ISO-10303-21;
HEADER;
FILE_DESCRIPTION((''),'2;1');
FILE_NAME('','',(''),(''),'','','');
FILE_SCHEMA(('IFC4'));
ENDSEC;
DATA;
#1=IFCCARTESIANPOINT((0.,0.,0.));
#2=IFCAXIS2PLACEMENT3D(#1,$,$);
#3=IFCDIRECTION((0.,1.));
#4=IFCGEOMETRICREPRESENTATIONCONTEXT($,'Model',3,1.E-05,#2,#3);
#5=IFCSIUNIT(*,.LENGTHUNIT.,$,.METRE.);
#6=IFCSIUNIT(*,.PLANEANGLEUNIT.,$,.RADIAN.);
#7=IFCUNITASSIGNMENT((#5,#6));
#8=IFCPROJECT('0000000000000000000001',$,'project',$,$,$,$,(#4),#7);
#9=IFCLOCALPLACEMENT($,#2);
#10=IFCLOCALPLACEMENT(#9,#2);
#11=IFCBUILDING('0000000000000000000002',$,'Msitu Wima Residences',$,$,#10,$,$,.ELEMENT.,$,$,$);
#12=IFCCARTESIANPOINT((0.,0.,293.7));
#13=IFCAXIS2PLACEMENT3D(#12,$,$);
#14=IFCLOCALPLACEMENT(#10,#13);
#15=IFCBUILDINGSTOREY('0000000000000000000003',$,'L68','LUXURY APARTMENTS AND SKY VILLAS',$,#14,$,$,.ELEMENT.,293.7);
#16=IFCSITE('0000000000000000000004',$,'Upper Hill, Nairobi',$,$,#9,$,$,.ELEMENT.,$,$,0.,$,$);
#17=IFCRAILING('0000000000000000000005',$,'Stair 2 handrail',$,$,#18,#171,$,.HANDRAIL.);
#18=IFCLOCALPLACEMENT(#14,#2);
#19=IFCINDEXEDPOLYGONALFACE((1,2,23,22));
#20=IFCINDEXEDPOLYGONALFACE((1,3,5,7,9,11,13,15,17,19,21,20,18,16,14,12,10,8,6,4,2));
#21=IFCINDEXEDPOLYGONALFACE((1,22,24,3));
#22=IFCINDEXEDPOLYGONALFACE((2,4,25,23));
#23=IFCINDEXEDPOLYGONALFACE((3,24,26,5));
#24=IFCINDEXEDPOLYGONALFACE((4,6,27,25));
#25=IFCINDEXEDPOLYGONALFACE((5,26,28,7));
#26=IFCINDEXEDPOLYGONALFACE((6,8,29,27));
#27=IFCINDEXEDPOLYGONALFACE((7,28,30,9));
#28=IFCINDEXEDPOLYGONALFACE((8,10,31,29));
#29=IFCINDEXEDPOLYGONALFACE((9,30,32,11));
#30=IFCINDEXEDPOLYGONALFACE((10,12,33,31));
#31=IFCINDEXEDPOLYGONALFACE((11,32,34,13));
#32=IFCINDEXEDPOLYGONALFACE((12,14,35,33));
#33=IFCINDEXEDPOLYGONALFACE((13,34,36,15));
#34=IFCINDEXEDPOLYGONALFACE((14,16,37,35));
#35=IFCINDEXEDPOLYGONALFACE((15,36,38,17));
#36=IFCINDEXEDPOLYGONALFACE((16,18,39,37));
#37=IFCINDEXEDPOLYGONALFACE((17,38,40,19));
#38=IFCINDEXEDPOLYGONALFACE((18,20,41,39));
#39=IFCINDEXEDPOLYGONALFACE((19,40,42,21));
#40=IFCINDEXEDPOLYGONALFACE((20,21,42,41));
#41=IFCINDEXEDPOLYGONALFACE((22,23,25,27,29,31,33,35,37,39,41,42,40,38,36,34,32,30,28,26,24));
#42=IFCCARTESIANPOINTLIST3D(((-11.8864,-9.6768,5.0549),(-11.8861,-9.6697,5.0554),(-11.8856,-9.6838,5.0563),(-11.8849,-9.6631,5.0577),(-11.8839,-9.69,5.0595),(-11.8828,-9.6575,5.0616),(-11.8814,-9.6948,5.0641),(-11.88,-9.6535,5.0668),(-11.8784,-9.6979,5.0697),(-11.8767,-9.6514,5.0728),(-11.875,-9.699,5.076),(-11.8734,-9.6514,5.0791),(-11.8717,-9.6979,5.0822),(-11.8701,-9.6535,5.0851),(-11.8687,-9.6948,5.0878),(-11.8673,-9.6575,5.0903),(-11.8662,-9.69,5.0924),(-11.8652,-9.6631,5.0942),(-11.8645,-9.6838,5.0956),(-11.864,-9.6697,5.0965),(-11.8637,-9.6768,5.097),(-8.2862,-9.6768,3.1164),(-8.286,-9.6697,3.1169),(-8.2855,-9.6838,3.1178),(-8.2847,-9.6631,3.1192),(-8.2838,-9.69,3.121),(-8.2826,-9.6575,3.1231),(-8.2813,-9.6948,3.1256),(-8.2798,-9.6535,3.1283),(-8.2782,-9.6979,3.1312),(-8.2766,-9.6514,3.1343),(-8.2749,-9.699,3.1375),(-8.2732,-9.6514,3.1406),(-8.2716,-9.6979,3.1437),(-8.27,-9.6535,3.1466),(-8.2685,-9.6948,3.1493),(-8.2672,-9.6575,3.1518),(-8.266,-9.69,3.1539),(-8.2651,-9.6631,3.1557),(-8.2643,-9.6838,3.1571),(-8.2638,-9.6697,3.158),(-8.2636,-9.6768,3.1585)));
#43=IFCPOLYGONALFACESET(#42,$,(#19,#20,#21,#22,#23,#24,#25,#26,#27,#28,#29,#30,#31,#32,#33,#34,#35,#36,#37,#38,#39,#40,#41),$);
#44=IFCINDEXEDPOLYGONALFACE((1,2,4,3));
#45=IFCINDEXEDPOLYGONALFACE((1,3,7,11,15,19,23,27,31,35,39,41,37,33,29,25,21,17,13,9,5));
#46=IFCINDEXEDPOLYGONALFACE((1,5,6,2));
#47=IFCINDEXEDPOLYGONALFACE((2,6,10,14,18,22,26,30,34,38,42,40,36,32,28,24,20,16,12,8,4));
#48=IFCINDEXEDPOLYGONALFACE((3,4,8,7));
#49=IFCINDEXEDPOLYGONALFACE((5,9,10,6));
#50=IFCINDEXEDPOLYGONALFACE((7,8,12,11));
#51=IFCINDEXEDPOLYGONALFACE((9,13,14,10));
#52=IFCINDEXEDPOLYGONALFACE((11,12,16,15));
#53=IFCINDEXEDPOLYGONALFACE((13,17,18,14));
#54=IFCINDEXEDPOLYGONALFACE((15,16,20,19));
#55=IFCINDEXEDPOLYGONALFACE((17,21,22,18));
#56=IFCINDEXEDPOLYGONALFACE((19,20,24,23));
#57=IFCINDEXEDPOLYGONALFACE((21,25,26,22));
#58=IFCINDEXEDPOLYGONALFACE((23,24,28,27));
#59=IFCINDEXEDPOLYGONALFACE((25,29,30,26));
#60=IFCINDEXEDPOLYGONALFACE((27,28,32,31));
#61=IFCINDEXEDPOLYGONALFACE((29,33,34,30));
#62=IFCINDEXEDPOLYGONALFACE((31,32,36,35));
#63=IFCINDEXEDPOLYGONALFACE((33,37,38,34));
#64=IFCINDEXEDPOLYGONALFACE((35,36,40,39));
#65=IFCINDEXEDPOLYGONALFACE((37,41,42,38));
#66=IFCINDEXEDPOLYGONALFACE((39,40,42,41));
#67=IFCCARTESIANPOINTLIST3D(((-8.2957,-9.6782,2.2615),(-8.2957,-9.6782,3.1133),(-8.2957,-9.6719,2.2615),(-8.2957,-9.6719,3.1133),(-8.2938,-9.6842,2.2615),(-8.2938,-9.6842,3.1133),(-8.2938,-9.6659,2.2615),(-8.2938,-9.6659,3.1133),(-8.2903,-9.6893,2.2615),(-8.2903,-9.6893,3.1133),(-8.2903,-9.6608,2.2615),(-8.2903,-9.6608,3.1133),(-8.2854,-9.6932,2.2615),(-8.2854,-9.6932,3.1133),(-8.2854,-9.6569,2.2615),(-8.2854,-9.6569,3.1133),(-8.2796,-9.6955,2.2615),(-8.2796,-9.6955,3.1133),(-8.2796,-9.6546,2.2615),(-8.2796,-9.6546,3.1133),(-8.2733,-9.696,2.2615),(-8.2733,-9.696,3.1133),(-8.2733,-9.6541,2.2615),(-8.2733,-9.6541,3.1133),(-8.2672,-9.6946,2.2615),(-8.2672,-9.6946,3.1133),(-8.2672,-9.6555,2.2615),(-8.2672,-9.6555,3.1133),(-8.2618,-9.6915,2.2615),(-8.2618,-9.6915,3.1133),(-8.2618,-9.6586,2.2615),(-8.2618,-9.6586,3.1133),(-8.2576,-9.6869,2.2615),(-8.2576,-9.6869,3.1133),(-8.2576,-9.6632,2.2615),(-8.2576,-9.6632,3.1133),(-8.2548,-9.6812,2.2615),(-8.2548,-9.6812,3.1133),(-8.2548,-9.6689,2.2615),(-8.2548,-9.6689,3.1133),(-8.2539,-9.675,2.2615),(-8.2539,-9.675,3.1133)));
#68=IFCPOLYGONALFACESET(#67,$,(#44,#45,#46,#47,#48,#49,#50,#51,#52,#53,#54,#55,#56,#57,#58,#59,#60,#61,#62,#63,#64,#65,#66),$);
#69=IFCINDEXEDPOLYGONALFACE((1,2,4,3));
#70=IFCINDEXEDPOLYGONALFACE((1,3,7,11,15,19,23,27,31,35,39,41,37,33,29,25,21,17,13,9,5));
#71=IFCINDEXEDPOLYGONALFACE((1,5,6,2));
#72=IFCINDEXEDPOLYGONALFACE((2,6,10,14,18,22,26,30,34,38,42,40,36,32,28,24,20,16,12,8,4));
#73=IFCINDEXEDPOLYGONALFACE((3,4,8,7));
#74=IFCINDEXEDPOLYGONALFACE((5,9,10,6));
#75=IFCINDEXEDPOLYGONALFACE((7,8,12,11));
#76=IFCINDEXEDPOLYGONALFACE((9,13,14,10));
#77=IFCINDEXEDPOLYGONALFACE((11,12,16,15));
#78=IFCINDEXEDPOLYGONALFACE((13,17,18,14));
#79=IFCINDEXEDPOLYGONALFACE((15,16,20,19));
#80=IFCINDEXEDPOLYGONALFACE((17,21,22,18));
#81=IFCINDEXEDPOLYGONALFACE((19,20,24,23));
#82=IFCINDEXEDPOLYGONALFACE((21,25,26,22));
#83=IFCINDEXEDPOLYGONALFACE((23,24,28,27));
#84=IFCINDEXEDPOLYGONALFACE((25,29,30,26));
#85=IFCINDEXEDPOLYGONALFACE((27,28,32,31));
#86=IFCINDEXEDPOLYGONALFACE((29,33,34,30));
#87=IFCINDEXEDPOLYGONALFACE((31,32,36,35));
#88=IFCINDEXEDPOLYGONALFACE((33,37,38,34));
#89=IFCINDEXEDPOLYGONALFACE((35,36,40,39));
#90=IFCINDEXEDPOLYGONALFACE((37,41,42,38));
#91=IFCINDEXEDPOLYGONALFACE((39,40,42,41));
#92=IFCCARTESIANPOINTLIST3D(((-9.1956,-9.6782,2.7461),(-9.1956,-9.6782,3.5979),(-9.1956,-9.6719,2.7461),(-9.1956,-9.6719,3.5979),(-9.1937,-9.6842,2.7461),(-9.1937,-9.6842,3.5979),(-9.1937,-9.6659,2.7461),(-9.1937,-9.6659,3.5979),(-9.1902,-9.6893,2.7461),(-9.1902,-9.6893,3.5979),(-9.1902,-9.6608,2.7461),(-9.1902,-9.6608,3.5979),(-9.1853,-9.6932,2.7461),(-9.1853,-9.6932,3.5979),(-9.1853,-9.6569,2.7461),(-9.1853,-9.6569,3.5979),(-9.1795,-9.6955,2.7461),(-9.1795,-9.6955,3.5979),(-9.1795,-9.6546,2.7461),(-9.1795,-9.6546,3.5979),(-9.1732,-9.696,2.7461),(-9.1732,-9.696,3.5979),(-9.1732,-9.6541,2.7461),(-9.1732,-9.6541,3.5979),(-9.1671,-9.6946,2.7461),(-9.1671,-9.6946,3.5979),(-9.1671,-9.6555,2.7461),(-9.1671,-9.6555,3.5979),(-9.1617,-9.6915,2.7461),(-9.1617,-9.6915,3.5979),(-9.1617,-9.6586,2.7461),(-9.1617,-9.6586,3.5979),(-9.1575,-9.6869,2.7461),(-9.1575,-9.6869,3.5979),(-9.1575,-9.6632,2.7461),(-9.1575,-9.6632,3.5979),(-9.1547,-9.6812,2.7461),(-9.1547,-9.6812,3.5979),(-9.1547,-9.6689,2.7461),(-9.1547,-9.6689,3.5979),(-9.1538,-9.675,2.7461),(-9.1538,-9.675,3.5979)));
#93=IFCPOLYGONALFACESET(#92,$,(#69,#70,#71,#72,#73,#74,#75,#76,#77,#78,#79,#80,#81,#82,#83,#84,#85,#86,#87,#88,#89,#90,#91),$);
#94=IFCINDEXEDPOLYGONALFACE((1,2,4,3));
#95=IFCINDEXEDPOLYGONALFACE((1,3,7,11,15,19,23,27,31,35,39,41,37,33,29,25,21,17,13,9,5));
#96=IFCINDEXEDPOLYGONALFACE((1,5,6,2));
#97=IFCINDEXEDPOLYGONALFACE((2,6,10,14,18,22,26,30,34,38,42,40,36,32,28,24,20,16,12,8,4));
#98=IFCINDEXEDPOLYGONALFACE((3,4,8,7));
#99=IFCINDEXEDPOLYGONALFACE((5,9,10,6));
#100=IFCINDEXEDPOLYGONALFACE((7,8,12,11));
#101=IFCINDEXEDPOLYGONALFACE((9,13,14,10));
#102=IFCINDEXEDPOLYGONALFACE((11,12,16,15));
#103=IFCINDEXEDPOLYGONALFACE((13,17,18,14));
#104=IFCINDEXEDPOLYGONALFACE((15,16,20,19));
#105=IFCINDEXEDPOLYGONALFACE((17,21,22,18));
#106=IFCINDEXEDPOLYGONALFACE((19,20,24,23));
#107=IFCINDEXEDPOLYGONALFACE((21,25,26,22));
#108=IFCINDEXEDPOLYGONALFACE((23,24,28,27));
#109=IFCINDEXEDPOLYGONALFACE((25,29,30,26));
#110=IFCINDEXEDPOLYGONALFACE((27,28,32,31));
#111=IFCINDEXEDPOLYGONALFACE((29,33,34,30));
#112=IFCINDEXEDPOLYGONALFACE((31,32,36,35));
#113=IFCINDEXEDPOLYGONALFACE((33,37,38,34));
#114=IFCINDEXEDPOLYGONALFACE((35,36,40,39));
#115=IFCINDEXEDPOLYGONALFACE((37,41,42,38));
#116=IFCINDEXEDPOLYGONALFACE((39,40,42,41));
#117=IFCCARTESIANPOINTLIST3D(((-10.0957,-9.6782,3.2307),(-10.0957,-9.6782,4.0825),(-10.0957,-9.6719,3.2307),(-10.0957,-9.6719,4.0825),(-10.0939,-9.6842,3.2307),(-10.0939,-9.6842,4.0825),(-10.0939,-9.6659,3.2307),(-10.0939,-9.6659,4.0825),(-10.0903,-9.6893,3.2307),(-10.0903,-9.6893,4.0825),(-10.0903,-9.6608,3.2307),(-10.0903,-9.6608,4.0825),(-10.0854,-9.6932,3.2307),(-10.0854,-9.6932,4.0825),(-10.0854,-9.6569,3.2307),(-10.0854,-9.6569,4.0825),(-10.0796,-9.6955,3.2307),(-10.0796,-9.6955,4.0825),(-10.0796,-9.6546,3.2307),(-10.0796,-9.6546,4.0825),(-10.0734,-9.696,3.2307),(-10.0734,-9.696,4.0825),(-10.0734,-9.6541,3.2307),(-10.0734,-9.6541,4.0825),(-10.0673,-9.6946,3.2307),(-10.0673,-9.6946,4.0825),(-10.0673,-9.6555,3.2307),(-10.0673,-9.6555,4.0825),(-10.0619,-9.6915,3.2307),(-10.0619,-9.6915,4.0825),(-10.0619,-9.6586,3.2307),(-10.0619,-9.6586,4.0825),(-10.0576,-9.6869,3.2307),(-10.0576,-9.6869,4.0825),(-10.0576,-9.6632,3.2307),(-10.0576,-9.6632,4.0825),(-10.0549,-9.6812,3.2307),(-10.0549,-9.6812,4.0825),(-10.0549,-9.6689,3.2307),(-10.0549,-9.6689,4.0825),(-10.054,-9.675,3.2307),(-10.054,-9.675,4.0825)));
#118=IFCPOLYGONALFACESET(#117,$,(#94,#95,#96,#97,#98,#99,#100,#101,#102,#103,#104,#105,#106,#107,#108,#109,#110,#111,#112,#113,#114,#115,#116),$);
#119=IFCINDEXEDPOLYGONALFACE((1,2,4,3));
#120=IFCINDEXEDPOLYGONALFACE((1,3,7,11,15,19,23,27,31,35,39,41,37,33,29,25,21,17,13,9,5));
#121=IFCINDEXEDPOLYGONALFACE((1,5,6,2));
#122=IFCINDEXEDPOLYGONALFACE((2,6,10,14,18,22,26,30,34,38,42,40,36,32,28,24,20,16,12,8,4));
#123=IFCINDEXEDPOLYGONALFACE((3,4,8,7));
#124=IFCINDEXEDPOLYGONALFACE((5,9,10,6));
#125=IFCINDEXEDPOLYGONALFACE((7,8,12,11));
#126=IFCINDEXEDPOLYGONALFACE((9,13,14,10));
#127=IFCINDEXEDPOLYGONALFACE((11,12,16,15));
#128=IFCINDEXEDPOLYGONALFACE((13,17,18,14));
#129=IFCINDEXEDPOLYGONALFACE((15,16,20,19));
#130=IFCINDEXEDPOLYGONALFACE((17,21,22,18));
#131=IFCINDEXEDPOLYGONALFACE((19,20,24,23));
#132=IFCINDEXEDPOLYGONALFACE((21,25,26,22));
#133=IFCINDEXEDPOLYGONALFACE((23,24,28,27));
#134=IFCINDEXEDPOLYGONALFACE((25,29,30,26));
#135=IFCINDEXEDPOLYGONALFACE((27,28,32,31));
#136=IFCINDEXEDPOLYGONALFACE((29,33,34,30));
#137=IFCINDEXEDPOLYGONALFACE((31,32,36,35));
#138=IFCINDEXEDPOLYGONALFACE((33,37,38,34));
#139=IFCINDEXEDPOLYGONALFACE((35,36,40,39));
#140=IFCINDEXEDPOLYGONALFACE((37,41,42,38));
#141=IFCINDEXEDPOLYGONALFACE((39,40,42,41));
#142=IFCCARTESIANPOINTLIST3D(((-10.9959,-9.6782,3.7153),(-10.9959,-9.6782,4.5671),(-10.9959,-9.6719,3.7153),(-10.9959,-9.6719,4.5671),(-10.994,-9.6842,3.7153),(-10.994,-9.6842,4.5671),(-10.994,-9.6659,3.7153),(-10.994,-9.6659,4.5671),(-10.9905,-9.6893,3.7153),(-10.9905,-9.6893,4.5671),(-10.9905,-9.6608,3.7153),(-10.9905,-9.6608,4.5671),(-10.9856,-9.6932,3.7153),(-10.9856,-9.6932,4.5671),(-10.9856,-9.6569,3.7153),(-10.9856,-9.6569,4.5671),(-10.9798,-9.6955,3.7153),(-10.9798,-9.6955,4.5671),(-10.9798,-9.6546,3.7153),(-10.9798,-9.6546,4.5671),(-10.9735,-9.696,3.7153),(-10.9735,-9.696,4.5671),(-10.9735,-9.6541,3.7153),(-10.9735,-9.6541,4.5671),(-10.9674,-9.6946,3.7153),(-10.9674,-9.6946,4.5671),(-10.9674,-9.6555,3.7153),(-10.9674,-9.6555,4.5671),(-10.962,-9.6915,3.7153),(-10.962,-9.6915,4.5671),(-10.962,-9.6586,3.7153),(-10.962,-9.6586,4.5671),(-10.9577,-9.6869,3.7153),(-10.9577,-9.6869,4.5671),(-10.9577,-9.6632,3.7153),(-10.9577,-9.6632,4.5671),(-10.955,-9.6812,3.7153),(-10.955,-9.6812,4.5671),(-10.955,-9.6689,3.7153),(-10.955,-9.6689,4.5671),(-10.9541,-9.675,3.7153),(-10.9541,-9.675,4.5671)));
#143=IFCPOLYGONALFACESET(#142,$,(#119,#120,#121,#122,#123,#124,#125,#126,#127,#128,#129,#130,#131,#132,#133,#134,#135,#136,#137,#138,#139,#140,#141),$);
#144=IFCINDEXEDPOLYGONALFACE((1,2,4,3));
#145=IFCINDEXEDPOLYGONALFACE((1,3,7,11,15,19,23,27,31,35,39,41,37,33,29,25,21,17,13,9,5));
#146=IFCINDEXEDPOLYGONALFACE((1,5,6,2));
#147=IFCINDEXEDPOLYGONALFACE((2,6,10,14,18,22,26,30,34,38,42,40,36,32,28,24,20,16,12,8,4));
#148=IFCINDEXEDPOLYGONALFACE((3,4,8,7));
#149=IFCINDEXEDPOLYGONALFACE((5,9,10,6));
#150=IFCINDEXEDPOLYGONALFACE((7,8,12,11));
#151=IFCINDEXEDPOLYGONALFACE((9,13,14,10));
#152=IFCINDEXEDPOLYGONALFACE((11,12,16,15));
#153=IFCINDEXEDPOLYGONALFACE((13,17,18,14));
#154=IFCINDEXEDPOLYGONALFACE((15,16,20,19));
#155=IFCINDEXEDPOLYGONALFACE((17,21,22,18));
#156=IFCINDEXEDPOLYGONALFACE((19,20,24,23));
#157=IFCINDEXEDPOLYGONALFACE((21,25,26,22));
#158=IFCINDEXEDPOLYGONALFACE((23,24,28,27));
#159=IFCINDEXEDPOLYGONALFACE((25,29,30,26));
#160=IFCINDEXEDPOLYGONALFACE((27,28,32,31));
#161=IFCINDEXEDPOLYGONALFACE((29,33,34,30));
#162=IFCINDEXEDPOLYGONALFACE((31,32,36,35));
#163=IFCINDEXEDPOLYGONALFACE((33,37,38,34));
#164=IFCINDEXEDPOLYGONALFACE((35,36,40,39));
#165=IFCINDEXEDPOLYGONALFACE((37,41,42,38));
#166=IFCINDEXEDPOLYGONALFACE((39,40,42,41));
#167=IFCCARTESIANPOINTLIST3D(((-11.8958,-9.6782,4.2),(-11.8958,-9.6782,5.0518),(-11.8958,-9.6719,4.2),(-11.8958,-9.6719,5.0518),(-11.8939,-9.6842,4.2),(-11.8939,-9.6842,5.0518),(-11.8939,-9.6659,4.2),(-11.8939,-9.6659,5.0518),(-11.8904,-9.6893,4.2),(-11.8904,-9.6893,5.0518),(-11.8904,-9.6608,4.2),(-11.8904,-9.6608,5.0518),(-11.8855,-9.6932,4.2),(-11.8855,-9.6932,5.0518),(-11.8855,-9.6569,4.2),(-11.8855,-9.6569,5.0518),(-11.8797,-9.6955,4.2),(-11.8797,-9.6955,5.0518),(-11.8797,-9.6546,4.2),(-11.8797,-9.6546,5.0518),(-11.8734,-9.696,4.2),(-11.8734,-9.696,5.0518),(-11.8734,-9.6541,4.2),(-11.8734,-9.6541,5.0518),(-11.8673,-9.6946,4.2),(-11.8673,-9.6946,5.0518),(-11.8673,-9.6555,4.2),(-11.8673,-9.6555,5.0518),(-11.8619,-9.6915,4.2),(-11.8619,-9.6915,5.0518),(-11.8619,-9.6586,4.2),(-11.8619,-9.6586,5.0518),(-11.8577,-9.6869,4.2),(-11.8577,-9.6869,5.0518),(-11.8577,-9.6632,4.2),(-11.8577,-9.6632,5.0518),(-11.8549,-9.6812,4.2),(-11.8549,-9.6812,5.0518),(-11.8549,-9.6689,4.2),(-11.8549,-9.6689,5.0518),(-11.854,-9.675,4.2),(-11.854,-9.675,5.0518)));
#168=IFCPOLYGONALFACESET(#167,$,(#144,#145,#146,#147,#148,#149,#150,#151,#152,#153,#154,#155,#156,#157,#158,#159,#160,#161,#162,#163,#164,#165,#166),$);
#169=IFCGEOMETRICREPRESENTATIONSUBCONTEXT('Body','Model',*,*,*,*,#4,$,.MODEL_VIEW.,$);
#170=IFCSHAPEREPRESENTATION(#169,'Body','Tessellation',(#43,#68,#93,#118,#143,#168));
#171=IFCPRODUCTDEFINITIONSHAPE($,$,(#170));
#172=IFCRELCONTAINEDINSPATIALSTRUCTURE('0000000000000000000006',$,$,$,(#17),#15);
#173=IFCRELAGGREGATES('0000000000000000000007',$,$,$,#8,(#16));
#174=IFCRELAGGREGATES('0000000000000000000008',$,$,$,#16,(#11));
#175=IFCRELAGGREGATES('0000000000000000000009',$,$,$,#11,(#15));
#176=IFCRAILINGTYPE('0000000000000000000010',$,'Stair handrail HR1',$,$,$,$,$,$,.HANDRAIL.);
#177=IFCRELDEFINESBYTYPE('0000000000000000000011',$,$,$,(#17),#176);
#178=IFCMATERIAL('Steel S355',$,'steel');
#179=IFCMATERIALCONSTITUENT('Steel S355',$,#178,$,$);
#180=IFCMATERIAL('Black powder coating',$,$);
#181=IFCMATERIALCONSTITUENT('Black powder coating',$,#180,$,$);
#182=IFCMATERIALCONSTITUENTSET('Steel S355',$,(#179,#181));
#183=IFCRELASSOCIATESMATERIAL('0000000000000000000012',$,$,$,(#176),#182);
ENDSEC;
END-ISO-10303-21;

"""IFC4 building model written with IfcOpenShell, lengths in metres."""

from ifc_helpers import new_model, si_unit, direction, frame, origin, origin_2d, place, context, subcontext, project, spatial, circle, extrude, material, constituent, constituent_set, type_object, element, save


model = new_model("IFC4")

# Units and contexts
model_context = context("Model", 3, precision=1e-05, world=origin(), true_north=direction((0.0, 1.0)))
body_context = subcontext(model_context, "Body", "Model", "MODEL_VIEW")
ifc_project = project(units=[si_unit("LENGTHUNIT", "METRE"), si_unit("PLANEANGLEUNIT", "RADIAN")], contexts=[model_context])

# Site, building, storey
site_placement = place(None, origin())
site = spatial("IfcSite", under=ifc_project, at=site_placement, Name="Upper Hill, Nairobi", CompositionType="ELEMENT", RefElevation=0.0)
building_placement = place(site_placement, origin())
building = spatial("IfcBuilding", under=site, at=building_placement, Name="Msitu Wima Residences", CompositionType="ELEMENT")
storey_placement = place(building_placement, frame((0.0, 0.0, 293.7)))
storey = spatial("IfcBuildingStorey", under=building, at=storey_placement, Name="L68", Description="LUXURY APARTMENTS AND SKY VILLAS", CompositionType="ELEMENT", Elevation=293.7)

# Railing
ifc_material_1 = material(Name="Steel S355", Category="steel")
ifc_constituent_1 = constituent(ifc_material_1, Name="Steel S355")
ifc_material_2 = material(Name="Black powder coating")
ifc_constituent_2 = constituent(ifc_material_2, Name="Black powder coating")
ifc_constituent_set = constituent_set(constituents=[ifc_constituent_1, ifc_constituent_2], Name="Steel S355")
railing_type = type_object("IfcRailingType", Name="Stair handrail HR1", PredefinedType="HANDRAIL", material=ifc_constituent_set)
for number, where, name in (
    (1, (-8.2749, -9.675, 2.2615), "Stair 2 handrail"),
):
    element("IfcRailing", number, at=place(storey_placement, frame(where)), inside=storey, type_object=railing_type, Name=name, PredefinedType="HANDRAIL", context=body_context, shape_type="SweptSolid", body=[
        extrude(circle(Radius=0.0239, at=origin_2d()), frame((0.0, 0.0, 0.876), z_axis=(-0.880475, 0.0, 0.474093), x_axis=(0.0, -1.0, 0.0)), (0.0, 0.0, 1.0), 4.0889),
        extrude(circle(Radius=0.021, at=origin_2d()), origin(), (0.0, 0.0, 1.0), 0.8518),
        extrude(circle(Radius=0.021, at=origin_2d()), frame((-0.8999, 0.0, 0.4846)), (0.0, 0.0, 1.0), 0.8518),
        extrude(circle(Radius=0.021, at=origin_2d()), frame((-1.8, 0.0, 0.9692)), (0.0, 0.0, 1.0), 0.8518),
        extrude(circle(Radius=0.021, at=origin_2d()), frame((-2.7002, 0.0, 1.4539)), (0.0, 0.0, 1.0), 0.8518),
        extrude(circle(Radius=0.021, at=origin_2d()), frame((-3.6001, 0.0, 1.9385)), (0.0, 0.0, 1.0), 0.8518),
    ])

save(model, "model.ifc")
